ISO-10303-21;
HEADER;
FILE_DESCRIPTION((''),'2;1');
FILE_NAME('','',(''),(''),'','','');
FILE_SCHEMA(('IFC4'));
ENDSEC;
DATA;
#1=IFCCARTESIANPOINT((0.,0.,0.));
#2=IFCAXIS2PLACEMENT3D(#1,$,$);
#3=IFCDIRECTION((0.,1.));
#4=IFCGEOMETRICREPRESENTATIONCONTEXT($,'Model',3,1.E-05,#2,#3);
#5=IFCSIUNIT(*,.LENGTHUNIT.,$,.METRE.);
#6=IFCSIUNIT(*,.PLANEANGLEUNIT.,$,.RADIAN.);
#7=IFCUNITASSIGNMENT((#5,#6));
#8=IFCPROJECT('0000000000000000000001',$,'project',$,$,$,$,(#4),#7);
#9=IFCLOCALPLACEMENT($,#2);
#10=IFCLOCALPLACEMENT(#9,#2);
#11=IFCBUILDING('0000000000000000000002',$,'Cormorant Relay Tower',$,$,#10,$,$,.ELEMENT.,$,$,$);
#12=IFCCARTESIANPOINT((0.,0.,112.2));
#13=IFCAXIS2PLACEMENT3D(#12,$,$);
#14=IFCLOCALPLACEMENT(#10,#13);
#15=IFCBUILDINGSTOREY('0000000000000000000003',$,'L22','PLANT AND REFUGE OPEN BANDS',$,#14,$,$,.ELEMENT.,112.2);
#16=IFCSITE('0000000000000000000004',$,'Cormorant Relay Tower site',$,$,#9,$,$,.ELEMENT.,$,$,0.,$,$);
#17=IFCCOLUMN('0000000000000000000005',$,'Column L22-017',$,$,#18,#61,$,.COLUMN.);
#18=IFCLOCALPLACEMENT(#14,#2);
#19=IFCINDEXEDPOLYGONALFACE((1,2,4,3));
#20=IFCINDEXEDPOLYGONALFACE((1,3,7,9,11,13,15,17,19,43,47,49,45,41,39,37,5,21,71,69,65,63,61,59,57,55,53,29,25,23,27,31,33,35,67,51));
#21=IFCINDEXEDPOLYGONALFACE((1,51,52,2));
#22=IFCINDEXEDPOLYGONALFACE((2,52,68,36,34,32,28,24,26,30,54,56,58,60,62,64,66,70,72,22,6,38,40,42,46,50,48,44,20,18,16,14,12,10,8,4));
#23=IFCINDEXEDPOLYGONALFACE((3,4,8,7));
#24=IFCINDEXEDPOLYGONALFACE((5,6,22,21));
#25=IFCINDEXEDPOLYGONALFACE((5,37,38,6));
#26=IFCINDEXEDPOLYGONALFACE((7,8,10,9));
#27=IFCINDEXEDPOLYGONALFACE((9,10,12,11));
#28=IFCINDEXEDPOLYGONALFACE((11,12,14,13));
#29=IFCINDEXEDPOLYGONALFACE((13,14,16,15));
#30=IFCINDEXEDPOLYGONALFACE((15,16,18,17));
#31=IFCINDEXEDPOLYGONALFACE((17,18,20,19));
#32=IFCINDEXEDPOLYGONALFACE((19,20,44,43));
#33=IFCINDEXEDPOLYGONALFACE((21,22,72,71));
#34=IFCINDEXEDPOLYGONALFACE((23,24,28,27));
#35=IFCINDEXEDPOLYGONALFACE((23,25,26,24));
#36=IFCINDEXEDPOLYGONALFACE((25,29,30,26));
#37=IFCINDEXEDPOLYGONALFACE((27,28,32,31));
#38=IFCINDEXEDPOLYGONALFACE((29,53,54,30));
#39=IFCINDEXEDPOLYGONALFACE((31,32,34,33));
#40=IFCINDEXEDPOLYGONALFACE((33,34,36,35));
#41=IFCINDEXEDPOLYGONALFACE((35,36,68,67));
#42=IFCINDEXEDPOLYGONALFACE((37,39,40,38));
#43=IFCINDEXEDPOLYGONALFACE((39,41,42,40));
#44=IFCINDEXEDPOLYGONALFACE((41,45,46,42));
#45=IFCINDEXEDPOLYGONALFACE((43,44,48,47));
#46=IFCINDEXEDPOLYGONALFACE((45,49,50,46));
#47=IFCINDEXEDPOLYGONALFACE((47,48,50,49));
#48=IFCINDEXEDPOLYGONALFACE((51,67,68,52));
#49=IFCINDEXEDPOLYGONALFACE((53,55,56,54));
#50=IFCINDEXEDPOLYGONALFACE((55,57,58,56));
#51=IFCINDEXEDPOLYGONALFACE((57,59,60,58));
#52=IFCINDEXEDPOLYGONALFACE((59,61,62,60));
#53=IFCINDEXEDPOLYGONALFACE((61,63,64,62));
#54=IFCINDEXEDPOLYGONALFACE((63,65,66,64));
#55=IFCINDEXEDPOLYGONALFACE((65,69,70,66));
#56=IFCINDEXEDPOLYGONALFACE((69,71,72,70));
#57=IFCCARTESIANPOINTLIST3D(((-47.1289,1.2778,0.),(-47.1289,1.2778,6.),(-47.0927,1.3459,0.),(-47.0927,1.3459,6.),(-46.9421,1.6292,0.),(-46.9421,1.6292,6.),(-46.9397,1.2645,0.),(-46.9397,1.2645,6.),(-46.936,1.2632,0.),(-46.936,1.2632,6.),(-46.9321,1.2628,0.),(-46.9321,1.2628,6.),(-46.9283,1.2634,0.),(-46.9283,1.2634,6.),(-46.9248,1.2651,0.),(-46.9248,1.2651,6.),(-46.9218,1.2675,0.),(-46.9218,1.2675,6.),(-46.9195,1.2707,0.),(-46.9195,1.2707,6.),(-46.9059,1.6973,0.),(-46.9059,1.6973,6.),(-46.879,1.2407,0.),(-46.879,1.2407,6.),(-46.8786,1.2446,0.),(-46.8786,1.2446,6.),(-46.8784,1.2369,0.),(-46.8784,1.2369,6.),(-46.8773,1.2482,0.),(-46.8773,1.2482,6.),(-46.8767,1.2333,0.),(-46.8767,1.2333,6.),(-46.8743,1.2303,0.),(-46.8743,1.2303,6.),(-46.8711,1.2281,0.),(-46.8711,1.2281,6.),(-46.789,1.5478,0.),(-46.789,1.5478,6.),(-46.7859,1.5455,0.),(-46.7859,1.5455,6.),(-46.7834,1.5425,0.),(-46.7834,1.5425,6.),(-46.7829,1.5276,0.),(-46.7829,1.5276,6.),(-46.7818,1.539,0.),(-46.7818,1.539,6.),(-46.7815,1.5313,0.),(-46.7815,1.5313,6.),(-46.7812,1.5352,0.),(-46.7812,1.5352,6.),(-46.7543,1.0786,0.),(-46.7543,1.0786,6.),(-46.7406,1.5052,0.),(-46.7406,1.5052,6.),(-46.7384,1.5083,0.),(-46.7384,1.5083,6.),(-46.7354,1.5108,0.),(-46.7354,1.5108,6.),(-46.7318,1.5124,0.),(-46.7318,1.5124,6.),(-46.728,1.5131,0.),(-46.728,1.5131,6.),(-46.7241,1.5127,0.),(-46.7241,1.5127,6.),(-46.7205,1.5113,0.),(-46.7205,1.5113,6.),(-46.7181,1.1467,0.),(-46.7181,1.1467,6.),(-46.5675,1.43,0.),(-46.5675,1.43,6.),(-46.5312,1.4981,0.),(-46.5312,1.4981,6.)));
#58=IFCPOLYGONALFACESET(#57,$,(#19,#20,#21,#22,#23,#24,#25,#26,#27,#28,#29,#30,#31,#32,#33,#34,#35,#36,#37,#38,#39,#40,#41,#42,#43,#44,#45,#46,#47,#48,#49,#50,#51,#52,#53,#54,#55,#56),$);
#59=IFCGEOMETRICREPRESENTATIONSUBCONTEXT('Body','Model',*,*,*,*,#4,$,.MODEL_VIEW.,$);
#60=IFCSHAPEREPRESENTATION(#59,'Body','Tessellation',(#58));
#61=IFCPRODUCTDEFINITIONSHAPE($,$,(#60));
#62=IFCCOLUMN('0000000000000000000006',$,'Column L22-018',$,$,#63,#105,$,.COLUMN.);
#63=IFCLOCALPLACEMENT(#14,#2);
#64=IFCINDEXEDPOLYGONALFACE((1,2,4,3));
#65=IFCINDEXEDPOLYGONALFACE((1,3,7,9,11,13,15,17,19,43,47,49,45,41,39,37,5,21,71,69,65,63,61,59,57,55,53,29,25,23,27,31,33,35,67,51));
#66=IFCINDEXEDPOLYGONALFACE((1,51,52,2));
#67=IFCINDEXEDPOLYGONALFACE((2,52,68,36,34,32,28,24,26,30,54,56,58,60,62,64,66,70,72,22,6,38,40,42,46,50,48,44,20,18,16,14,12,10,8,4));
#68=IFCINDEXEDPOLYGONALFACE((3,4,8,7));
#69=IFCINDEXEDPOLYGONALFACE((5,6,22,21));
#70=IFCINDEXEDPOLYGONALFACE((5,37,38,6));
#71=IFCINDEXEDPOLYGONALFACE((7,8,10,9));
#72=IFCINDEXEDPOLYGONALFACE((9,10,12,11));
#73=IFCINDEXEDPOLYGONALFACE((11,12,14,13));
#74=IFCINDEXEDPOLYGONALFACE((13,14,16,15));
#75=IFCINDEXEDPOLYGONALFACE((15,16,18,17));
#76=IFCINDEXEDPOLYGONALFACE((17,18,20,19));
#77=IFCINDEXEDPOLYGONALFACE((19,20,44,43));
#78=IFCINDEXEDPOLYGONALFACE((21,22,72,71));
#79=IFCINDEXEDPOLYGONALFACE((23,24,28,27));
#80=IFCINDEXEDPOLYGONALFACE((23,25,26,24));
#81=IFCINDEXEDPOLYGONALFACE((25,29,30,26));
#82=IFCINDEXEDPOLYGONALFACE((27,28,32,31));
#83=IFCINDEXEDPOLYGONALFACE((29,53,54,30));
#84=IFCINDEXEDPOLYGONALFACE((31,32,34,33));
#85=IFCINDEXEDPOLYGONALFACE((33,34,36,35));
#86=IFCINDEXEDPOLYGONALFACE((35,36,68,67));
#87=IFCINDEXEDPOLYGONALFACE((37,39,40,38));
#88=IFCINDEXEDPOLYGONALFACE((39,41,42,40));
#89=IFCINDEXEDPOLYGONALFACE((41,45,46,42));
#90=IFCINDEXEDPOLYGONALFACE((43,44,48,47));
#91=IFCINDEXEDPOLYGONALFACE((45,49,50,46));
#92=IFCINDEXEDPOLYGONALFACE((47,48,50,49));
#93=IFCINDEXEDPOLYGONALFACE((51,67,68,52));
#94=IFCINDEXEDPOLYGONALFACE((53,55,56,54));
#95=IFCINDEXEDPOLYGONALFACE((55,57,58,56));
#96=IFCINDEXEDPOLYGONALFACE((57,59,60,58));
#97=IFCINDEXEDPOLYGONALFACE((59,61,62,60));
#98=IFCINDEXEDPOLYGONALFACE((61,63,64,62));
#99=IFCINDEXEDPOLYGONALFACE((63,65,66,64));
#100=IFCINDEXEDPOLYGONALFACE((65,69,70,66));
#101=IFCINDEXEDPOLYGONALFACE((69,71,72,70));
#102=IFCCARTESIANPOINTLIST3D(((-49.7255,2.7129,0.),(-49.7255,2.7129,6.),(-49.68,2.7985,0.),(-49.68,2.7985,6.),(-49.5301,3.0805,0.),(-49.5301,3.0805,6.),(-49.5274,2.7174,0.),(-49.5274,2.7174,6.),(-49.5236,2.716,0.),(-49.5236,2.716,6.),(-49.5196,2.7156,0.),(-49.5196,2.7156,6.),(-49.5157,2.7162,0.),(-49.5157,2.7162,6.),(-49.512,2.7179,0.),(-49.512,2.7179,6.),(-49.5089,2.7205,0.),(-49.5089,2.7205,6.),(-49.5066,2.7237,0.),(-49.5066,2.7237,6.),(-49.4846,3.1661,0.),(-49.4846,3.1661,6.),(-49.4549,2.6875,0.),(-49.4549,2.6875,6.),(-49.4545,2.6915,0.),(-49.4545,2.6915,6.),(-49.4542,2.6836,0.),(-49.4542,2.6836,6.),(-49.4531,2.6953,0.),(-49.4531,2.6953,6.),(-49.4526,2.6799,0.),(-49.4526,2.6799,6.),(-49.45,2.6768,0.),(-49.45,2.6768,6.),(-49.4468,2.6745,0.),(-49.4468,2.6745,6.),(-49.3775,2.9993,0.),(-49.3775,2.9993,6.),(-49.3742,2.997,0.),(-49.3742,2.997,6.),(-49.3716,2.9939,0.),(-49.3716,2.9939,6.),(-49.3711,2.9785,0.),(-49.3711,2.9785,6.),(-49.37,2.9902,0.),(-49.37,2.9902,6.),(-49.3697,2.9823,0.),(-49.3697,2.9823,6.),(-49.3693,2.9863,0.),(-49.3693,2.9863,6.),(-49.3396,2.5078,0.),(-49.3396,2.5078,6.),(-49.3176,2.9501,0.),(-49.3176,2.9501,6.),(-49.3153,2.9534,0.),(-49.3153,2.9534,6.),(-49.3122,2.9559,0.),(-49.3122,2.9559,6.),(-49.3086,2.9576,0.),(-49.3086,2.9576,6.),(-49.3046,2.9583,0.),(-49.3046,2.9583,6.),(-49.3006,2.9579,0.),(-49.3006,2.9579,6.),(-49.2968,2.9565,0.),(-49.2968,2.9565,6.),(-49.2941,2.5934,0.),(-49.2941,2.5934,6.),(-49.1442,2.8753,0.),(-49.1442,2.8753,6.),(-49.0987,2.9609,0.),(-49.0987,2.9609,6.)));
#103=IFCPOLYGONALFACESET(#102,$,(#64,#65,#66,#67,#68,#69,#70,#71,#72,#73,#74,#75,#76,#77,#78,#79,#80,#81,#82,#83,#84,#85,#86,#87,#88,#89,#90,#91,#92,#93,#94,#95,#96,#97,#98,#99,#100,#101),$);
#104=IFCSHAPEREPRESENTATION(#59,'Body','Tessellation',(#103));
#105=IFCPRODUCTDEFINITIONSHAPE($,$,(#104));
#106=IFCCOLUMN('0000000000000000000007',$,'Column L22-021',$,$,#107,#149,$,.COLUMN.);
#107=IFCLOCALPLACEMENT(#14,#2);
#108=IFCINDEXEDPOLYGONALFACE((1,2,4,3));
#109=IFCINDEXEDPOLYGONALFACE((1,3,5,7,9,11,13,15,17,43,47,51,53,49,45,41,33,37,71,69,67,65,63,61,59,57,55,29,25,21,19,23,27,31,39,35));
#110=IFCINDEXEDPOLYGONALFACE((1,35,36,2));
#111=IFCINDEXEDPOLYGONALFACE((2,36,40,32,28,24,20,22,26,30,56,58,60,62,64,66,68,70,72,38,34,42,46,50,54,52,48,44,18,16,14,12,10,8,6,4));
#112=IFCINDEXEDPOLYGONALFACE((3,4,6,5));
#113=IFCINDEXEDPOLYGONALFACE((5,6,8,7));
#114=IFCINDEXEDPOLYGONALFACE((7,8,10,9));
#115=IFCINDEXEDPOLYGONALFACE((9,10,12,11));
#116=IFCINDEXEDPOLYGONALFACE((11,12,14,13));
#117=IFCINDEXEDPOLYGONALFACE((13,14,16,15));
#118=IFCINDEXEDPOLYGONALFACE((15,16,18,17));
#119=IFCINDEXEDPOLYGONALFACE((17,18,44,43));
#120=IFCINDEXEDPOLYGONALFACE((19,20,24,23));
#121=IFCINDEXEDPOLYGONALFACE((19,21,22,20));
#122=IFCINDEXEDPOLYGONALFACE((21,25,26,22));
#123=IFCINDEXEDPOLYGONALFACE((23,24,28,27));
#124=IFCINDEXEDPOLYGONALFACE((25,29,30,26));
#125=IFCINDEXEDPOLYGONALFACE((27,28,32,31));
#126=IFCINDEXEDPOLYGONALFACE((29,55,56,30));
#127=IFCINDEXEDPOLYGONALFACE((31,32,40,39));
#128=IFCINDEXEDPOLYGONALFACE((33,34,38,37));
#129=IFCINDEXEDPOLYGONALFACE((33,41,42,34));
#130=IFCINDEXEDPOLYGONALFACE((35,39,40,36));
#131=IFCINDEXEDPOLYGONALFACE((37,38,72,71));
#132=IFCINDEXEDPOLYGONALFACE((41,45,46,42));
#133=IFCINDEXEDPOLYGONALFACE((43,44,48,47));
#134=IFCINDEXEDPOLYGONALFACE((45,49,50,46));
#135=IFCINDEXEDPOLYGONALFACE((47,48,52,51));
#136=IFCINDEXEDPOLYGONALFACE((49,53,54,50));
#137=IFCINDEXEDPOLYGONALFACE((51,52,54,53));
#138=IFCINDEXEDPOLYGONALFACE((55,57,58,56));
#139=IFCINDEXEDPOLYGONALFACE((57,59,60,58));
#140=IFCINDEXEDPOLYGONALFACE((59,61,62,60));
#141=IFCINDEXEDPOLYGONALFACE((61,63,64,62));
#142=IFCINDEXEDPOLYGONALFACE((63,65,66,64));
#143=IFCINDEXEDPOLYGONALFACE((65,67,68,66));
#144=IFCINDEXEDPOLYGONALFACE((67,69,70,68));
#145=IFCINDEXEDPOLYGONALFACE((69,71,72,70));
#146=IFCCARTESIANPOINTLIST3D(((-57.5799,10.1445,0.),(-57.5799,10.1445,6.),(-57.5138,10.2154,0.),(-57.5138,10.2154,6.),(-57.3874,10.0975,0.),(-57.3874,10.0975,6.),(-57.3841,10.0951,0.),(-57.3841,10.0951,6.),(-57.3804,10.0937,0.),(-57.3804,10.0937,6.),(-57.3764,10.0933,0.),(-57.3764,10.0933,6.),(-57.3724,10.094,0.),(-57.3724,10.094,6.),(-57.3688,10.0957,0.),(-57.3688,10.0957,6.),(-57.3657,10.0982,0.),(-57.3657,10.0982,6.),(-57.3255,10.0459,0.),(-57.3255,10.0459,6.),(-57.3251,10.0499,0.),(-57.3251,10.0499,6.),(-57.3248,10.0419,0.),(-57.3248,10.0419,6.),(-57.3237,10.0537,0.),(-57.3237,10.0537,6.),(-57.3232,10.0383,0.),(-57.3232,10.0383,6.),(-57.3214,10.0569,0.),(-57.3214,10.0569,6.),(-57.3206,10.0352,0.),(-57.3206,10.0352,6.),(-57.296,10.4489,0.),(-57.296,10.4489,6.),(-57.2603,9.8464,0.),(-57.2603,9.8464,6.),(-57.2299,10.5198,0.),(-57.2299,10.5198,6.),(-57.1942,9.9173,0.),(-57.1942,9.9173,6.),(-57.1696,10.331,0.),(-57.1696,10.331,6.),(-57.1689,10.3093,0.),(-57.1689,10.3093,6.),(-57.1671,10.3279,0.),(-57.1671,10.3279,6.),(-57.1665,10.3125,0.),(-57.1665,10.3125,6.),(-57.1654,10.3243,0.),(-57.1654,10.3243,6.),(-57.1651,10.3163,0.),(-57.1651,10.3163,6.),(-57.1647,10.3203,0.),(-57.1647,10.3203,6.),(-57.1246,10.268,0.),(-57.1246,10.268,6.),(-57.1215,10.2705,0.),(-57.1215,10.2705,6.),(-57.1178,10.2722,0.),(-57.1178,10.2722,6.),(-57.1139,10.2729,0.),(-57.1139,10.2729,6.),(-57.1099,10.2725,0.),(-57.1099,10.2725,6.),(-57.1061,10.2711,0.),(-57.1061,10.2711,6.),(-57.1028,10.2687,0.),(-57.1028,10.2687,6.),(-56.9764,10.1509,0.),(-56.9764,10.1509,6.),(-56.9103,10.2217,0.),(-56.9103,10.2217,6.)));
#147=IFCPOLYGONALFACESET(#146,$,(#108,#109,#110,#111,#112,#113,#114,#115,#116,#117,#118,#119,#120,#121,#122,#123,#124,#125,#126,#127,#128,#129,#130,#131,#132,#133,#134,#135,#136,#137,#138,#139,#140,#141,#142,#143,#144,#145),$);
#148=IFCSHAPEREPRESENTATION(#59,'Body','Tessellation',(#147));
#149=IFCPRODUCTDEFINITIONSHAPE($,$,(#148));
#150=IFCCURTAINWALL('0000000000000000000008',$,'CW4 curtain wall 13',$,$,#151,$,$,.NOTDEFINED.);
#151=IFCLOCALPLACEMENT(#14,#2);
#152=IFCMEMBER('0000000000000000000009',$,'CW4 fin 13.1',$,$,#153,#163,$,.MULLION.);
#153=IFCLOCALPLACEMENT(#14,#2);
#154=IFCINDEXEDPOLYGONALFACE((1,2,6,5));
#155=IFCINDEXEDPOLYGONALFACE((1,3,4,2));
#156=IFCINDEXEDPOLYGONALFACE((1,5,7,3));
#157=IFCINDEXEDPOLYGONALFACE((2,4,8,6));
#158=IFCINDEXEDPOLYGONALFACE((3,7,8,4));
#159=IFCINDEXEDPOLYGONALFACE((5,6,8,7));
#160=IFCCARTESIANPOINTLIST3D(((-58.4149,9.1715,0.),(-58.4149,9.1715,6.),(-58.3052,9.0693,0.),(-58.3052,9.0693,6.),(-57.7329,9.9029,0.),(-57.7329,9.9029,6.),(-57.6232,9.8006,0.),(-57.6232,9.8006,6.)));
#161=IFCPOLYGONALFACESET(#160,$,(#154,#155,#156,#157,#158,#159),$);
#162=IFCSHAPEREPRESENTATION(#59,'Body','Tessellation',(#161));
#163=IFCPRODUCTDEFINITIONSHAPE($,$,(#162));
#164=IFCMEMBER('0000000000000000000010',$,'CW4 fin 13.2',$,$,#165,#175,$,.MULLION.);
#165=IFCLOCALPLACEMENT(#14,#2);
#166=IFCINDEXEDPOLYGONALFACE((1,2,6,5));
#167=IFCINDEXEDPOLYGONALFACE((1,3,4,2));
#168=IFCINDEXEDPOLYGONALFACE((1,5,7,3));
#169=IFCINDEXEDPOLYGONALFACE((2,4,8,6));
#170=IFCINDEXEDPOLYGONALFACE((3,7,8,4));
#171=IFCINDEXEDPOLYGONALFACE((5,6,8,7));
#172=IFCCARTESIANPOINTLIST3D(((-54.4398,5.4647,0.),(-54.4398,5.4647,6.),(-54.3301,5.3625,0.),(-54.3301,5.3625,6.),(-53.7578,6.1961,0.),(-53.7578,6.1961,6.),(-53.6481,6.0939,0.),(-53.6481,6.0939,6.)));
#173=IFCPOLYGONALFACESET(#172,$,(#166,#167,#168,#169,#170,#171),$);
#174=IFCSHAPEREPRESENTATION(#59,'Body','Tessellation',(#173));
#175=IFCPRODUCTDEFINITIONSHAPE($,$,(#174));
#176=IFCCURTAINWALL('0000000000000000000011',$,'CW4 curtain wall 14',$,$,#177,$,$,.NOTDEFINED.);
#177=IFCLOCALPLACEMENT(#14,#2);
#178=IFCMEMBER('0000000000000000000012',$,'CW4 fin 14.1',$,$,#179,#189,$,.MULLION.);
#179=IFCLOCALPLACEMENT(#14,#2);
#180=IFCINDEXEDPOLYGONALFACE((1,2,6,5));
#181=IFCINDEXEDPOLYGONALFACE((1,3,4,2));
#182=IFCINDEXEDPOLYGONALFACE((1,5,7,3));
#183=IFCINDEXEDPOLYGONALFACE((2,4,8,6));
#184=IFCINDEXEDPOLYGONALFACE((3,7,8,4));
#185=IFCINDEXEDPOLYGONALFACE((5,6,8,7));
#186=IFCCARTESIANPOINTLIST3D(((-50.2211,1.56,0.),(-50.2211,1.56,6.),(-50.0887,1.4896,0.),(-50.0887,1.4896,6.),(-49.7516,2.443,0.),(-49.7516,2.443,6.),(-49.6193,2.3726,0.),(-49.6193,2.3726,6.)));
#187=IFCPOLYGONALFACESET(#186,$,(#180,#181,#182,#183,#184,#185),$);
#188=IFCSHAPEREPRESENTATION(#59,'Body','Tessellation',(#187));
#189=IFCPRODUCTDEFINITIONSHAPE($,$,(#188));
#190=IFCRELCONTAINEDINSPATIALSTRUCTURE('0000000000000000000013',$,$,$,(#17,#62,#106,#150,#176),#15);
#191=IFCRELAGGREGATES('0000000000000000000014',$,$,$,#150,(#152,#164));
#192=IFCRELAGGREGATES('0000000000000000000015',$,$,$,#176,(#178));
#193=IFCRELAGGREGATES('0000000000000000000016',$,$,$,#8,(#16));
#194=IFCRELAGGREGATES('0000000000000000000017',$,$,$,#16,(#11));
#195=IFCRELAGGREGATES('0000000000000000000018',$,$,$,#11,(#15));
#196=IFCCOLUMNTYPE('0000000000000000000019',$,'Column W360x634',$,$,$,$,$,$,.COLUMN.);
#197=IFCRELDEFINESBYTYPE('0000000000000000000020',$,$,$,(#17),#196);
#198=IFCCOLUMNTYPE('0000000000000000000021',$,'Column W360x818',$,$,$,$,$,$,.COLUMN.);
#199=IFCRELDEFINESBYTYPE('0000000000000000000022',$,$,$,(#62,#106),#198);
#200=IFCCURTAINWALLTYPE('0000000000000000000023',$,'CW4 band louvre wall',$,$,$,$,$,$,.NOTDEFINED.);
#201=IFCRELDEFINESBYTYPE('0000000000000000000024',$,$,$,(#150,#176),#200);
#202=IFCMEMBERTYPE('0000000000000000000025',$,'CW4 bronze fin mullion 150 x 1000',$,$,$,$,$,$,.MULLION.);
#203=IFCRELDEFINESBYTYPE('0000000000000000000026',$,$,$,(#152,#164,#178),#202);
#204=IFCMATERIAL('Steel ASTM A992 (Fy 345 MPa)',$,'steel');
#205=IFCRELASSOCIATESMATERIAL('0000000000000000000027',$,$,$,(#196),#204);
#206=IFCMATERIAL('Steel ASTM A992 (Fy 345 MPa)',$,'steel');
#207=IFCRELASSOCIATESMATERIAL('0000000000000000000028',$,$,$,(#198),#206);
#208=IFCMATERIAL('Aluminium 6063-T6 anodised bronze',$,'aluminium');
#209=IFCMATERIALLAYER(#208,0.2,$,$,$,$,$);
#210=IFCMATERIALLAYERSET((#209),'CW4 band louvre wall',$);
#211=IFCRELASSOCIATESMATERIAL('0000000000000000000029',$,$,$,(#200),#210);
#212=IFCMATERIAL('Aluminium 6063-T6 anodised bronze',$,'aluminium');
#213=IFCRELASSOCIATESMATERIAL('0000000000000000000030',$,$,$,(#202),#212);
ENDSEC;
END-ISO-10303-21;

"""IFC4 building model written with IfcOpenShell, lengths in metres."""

from ifc_helpers import new_model, si_unit, direction, frame, origin, origin_2d, place, context, subcontext, project, spatial, rectangle, i_section, extrude, material, layer, layer_set, material_profile, profile_set, type_object, element, aggregate, save


model = new_model("IFC4")

# Units and contexts
model_context = context("Model", 3, precision=1e-05, world=origin(), true_north=direction((0.0, 1.0)))
body_context = subcontext(model_context, "Body", "Model", "MODEL_VIEW")
ifc_project = project(units=[si_unit("LENGTHUNIT", "METRE"), si_unit("PLANEANGLEUNIT", "RADIAN")], contexts=[model_context])

# Site, building, storey
site_placement = place(None, origin())
site = spatial("IfcSite", under=ifc_project, at=site_placement, Name="Cormorant Relay Tower site", CompositionType="ELEMENT", RefElevation=0.0)
building_placement = place(site_placement, origin())
building = spatial("IfcBuilding", under=site, at=building_placement, Name="Cormorant Relay Tower", CompositionType="ELEMENT")
storey_placement = place(building_placement, frame((0.0, 0.0, 112.2)))
storey = spatial("IfcBuildingStorey", under=building, at=storey_placement, Name="L22", Description="PLANT AND REFUGE OPEN BANDS", CompositionType="ELEMENT", Elevation=112.2)

# Columns
ifc_material_1 = material(Name="Steel ASTM A992 (Fy 345 MPa)", Category="steel")
ifc_material_profile_1 = material_profile(ifc_material_1, i_section(OverallWidth=0.4243, OverallDepth=0.4751, WebThickness=0.0479, FlangeThickness=0.0771, FilletRadius=0.0149, at=origin_2d()), Name="W360x634")
ifc_profile_set_1 = profile_set([ifc_material_profile_1], Name="Steel ASTM A992 (Fy 345 MPa)")
column_type_1 = type_object("IfcColumnType", Name="Column W360x634", PredefinedType="COLUMN", material=ifc_profile_set_1)
column_placement = place(storey_placement, frame((-46.8301, 1.3879, 0.0), z_axis=(0.0, 0.0, 1.0), x_axis=(0.882948, -0.469472, 0.0)))
element("IfcColumn", 1, at=column_placement, inside=storey, type_object=column_type_1, Name="Column L22-017", PredefinedType="COLUMN", context=body_context, shape_type="SweptSolid", body=[
    extrude(i_section(OverallWidth=0.4243, OverallDepth=0.4751, WebThickness=0.0479, FlangeThickness=0.0771, FilletRadius=0.0149, at=origin_2d()), origin(), (0.0, 0.0, 1.0), 6.0),
])
ifc_material_2 = material(Name="Steel ASTM A992 (Fy 345 MPa)", Category="steel")
ifc_material_profile_2 = material_profile(ifc_material_2, i_section(OverallWidth=0.437, OverallDepth=0.5132, WebThickness=0.0605, FlangeThickness=0.0969, FilletRadius=0.0154, at=origin_2d()), Name="W360x818")
ifc_profile_set_2 = profile_set([ifc_material_profile_2], Name="Steel ASTM A992 (Fy 345 MPa)")
column_type_2 = type_object("IfcColumnType", Name="Column W360x818", PredefinedType="COLUMN", material=ifc_profile_set_2)
for number, where, z_axis, x_axis, name in (
    (2, (-49.4121, 2.8369, 0.0), (0.0, 0.0, 1.0), (0.882948, -0.469472, 0.0), "Column L22-018"),
    (3, (-57.2451, 10.1831, 0.0), (0.0, 0.0, 1.0), (0.731354, -0.681998, 0.0), "Column L22-021"),
):
    element("IfcColumn", number, at=place(storey_placement, frame(where, z_axis=z_axis, x_axis=x_axis)), inside=storey, type_object=column_type_2, Name=name, PredefinedType="COLUMN", context=body_context, shape_type="SweptSolid", body=[
        extrude(i_section(OverallWidth=0.437, OverallDepth=0.5132, WebThickness=0.0605, FlangeThickness=0.0969, FilletRadius=0.0154, at=origin_2d()), origin(), (0.0, 0.0, 1.0), 6.0),
    ])

# Curtain wall, members
ifc_material_3 = material(Name="Aluminium 6063-T6 anodised bronze", Category="aluminium")
ifc_layer_1 = layer(ifc_material_3, 0.2)
ifc_layer_set_1 = layer_set([ifc_layer_1], Name="CW4 band louvre wall")
curtain_wall_type = type_object("IfcCurtainWallType", Name="CW4 band louvre wall", PredefinedType="NOTDEFINED", material=ifc_layer_set_1)
curtain_wall_1_placement = place(storey_placement, origin())
curtain_wall_1 = element("IfcCurtainWall", 4, at=curtain_wall_1_placement, inside=storey, type_object=curtain_wall_type, Name="CW4 curtain wall 13", PredefinedType="NOTDEFINED")
ifc_material_4 = material(Name="Aluminium 6063-T6 anodised bronze", Category="aluminium")
ifc_material_profile_3 = material_profile(ifc_material_4, rectangle(XDim=0.1499, YDim=1.0, at=origin_2d()), Name="AL 150x1000")
ifc_profile_set_3 = profile_set([ifc_material_profile_3], Name="Aluminium 6063-T6 anodised bronze")
member_type_1 = type_object("IfcMemberType", Name="CW4 bronze fin mullion 150 x 1000", PredefinedType="MULLION", material=ifc_profile_set_3)
member_1_placement = place(storey_placement, frame((-58.019, 9.4861, 0.0), z_axis=(0.0, 0.0, 1.0), x_axis=(0.731354, -0.681998, 0.0)))
member_1 = element("IfcMember", 5, at=member_1_placement, type_object=member_type_1, Name="CW4 fin 13.1", PredefinedType="MULLION", context=body_context, shape_type="SweptSolid", body=[
    extrude(rectangle(XDim=0.1499, YDim=1.0, at=origin_2d()), origin(), (0.0, 0.0, 1.0), 6.0),
])
member_2_placement = place(storey_placement, frame((-54.0439, 5.7793, 0.0), z_axis=(0.0, 0.0, 1.0), x_axis=(0.731354, -0.681998, 0.0)))
member_2 = element("IfcMember", 6, at=member_2_placement, type_object=member_type_1, Name="CW4 fin 13.2", PredefinedType="MULLION", context=body_context, shape_type="SweptSolid", body=[
    extrude(rectangle(XDim=0.1499, YDim=1.0, at=origin_2d()), origin(), (0.0, 0.0, 1.0), 6.0),
])

# Curtain wall, member
curtain_wall_2_placement = place(storey_placement, origin())
curtain_wall_2 = element("IfcCurtainWall", 7, at=curtain_wall_2_placement, inside=storey, type_object=curtain_wall_type, Name="CW4 curtain wall 14", PredefinedType="NOTDEFINED")
member_3_placement = place(storey_placement, frame((-49.9202, 1.9663, 0.0), z_axis=(0.0, 0.0, 1.0), x_axis=(0.882948, -0.469472, 0.0)))
member_3 = element("IfcMember", 8, at=member_3_placement, type_object=member_type_1, Name="CW4 fin 14.1", PredefinedType="MULLION", context=body_context, shape_type="SweptSolid", body=[
    extrude(rectangle(XDim=0.1499, YDim=1.0, at=origin_2d()), origin(), (0.0, 0.0, 1.0), 6.0),
])

aggregate(curtain_wall_1, [member_1, member_2])
aggregate(curtain_wall_2, [member_3])

save(model, "model.ifc")
